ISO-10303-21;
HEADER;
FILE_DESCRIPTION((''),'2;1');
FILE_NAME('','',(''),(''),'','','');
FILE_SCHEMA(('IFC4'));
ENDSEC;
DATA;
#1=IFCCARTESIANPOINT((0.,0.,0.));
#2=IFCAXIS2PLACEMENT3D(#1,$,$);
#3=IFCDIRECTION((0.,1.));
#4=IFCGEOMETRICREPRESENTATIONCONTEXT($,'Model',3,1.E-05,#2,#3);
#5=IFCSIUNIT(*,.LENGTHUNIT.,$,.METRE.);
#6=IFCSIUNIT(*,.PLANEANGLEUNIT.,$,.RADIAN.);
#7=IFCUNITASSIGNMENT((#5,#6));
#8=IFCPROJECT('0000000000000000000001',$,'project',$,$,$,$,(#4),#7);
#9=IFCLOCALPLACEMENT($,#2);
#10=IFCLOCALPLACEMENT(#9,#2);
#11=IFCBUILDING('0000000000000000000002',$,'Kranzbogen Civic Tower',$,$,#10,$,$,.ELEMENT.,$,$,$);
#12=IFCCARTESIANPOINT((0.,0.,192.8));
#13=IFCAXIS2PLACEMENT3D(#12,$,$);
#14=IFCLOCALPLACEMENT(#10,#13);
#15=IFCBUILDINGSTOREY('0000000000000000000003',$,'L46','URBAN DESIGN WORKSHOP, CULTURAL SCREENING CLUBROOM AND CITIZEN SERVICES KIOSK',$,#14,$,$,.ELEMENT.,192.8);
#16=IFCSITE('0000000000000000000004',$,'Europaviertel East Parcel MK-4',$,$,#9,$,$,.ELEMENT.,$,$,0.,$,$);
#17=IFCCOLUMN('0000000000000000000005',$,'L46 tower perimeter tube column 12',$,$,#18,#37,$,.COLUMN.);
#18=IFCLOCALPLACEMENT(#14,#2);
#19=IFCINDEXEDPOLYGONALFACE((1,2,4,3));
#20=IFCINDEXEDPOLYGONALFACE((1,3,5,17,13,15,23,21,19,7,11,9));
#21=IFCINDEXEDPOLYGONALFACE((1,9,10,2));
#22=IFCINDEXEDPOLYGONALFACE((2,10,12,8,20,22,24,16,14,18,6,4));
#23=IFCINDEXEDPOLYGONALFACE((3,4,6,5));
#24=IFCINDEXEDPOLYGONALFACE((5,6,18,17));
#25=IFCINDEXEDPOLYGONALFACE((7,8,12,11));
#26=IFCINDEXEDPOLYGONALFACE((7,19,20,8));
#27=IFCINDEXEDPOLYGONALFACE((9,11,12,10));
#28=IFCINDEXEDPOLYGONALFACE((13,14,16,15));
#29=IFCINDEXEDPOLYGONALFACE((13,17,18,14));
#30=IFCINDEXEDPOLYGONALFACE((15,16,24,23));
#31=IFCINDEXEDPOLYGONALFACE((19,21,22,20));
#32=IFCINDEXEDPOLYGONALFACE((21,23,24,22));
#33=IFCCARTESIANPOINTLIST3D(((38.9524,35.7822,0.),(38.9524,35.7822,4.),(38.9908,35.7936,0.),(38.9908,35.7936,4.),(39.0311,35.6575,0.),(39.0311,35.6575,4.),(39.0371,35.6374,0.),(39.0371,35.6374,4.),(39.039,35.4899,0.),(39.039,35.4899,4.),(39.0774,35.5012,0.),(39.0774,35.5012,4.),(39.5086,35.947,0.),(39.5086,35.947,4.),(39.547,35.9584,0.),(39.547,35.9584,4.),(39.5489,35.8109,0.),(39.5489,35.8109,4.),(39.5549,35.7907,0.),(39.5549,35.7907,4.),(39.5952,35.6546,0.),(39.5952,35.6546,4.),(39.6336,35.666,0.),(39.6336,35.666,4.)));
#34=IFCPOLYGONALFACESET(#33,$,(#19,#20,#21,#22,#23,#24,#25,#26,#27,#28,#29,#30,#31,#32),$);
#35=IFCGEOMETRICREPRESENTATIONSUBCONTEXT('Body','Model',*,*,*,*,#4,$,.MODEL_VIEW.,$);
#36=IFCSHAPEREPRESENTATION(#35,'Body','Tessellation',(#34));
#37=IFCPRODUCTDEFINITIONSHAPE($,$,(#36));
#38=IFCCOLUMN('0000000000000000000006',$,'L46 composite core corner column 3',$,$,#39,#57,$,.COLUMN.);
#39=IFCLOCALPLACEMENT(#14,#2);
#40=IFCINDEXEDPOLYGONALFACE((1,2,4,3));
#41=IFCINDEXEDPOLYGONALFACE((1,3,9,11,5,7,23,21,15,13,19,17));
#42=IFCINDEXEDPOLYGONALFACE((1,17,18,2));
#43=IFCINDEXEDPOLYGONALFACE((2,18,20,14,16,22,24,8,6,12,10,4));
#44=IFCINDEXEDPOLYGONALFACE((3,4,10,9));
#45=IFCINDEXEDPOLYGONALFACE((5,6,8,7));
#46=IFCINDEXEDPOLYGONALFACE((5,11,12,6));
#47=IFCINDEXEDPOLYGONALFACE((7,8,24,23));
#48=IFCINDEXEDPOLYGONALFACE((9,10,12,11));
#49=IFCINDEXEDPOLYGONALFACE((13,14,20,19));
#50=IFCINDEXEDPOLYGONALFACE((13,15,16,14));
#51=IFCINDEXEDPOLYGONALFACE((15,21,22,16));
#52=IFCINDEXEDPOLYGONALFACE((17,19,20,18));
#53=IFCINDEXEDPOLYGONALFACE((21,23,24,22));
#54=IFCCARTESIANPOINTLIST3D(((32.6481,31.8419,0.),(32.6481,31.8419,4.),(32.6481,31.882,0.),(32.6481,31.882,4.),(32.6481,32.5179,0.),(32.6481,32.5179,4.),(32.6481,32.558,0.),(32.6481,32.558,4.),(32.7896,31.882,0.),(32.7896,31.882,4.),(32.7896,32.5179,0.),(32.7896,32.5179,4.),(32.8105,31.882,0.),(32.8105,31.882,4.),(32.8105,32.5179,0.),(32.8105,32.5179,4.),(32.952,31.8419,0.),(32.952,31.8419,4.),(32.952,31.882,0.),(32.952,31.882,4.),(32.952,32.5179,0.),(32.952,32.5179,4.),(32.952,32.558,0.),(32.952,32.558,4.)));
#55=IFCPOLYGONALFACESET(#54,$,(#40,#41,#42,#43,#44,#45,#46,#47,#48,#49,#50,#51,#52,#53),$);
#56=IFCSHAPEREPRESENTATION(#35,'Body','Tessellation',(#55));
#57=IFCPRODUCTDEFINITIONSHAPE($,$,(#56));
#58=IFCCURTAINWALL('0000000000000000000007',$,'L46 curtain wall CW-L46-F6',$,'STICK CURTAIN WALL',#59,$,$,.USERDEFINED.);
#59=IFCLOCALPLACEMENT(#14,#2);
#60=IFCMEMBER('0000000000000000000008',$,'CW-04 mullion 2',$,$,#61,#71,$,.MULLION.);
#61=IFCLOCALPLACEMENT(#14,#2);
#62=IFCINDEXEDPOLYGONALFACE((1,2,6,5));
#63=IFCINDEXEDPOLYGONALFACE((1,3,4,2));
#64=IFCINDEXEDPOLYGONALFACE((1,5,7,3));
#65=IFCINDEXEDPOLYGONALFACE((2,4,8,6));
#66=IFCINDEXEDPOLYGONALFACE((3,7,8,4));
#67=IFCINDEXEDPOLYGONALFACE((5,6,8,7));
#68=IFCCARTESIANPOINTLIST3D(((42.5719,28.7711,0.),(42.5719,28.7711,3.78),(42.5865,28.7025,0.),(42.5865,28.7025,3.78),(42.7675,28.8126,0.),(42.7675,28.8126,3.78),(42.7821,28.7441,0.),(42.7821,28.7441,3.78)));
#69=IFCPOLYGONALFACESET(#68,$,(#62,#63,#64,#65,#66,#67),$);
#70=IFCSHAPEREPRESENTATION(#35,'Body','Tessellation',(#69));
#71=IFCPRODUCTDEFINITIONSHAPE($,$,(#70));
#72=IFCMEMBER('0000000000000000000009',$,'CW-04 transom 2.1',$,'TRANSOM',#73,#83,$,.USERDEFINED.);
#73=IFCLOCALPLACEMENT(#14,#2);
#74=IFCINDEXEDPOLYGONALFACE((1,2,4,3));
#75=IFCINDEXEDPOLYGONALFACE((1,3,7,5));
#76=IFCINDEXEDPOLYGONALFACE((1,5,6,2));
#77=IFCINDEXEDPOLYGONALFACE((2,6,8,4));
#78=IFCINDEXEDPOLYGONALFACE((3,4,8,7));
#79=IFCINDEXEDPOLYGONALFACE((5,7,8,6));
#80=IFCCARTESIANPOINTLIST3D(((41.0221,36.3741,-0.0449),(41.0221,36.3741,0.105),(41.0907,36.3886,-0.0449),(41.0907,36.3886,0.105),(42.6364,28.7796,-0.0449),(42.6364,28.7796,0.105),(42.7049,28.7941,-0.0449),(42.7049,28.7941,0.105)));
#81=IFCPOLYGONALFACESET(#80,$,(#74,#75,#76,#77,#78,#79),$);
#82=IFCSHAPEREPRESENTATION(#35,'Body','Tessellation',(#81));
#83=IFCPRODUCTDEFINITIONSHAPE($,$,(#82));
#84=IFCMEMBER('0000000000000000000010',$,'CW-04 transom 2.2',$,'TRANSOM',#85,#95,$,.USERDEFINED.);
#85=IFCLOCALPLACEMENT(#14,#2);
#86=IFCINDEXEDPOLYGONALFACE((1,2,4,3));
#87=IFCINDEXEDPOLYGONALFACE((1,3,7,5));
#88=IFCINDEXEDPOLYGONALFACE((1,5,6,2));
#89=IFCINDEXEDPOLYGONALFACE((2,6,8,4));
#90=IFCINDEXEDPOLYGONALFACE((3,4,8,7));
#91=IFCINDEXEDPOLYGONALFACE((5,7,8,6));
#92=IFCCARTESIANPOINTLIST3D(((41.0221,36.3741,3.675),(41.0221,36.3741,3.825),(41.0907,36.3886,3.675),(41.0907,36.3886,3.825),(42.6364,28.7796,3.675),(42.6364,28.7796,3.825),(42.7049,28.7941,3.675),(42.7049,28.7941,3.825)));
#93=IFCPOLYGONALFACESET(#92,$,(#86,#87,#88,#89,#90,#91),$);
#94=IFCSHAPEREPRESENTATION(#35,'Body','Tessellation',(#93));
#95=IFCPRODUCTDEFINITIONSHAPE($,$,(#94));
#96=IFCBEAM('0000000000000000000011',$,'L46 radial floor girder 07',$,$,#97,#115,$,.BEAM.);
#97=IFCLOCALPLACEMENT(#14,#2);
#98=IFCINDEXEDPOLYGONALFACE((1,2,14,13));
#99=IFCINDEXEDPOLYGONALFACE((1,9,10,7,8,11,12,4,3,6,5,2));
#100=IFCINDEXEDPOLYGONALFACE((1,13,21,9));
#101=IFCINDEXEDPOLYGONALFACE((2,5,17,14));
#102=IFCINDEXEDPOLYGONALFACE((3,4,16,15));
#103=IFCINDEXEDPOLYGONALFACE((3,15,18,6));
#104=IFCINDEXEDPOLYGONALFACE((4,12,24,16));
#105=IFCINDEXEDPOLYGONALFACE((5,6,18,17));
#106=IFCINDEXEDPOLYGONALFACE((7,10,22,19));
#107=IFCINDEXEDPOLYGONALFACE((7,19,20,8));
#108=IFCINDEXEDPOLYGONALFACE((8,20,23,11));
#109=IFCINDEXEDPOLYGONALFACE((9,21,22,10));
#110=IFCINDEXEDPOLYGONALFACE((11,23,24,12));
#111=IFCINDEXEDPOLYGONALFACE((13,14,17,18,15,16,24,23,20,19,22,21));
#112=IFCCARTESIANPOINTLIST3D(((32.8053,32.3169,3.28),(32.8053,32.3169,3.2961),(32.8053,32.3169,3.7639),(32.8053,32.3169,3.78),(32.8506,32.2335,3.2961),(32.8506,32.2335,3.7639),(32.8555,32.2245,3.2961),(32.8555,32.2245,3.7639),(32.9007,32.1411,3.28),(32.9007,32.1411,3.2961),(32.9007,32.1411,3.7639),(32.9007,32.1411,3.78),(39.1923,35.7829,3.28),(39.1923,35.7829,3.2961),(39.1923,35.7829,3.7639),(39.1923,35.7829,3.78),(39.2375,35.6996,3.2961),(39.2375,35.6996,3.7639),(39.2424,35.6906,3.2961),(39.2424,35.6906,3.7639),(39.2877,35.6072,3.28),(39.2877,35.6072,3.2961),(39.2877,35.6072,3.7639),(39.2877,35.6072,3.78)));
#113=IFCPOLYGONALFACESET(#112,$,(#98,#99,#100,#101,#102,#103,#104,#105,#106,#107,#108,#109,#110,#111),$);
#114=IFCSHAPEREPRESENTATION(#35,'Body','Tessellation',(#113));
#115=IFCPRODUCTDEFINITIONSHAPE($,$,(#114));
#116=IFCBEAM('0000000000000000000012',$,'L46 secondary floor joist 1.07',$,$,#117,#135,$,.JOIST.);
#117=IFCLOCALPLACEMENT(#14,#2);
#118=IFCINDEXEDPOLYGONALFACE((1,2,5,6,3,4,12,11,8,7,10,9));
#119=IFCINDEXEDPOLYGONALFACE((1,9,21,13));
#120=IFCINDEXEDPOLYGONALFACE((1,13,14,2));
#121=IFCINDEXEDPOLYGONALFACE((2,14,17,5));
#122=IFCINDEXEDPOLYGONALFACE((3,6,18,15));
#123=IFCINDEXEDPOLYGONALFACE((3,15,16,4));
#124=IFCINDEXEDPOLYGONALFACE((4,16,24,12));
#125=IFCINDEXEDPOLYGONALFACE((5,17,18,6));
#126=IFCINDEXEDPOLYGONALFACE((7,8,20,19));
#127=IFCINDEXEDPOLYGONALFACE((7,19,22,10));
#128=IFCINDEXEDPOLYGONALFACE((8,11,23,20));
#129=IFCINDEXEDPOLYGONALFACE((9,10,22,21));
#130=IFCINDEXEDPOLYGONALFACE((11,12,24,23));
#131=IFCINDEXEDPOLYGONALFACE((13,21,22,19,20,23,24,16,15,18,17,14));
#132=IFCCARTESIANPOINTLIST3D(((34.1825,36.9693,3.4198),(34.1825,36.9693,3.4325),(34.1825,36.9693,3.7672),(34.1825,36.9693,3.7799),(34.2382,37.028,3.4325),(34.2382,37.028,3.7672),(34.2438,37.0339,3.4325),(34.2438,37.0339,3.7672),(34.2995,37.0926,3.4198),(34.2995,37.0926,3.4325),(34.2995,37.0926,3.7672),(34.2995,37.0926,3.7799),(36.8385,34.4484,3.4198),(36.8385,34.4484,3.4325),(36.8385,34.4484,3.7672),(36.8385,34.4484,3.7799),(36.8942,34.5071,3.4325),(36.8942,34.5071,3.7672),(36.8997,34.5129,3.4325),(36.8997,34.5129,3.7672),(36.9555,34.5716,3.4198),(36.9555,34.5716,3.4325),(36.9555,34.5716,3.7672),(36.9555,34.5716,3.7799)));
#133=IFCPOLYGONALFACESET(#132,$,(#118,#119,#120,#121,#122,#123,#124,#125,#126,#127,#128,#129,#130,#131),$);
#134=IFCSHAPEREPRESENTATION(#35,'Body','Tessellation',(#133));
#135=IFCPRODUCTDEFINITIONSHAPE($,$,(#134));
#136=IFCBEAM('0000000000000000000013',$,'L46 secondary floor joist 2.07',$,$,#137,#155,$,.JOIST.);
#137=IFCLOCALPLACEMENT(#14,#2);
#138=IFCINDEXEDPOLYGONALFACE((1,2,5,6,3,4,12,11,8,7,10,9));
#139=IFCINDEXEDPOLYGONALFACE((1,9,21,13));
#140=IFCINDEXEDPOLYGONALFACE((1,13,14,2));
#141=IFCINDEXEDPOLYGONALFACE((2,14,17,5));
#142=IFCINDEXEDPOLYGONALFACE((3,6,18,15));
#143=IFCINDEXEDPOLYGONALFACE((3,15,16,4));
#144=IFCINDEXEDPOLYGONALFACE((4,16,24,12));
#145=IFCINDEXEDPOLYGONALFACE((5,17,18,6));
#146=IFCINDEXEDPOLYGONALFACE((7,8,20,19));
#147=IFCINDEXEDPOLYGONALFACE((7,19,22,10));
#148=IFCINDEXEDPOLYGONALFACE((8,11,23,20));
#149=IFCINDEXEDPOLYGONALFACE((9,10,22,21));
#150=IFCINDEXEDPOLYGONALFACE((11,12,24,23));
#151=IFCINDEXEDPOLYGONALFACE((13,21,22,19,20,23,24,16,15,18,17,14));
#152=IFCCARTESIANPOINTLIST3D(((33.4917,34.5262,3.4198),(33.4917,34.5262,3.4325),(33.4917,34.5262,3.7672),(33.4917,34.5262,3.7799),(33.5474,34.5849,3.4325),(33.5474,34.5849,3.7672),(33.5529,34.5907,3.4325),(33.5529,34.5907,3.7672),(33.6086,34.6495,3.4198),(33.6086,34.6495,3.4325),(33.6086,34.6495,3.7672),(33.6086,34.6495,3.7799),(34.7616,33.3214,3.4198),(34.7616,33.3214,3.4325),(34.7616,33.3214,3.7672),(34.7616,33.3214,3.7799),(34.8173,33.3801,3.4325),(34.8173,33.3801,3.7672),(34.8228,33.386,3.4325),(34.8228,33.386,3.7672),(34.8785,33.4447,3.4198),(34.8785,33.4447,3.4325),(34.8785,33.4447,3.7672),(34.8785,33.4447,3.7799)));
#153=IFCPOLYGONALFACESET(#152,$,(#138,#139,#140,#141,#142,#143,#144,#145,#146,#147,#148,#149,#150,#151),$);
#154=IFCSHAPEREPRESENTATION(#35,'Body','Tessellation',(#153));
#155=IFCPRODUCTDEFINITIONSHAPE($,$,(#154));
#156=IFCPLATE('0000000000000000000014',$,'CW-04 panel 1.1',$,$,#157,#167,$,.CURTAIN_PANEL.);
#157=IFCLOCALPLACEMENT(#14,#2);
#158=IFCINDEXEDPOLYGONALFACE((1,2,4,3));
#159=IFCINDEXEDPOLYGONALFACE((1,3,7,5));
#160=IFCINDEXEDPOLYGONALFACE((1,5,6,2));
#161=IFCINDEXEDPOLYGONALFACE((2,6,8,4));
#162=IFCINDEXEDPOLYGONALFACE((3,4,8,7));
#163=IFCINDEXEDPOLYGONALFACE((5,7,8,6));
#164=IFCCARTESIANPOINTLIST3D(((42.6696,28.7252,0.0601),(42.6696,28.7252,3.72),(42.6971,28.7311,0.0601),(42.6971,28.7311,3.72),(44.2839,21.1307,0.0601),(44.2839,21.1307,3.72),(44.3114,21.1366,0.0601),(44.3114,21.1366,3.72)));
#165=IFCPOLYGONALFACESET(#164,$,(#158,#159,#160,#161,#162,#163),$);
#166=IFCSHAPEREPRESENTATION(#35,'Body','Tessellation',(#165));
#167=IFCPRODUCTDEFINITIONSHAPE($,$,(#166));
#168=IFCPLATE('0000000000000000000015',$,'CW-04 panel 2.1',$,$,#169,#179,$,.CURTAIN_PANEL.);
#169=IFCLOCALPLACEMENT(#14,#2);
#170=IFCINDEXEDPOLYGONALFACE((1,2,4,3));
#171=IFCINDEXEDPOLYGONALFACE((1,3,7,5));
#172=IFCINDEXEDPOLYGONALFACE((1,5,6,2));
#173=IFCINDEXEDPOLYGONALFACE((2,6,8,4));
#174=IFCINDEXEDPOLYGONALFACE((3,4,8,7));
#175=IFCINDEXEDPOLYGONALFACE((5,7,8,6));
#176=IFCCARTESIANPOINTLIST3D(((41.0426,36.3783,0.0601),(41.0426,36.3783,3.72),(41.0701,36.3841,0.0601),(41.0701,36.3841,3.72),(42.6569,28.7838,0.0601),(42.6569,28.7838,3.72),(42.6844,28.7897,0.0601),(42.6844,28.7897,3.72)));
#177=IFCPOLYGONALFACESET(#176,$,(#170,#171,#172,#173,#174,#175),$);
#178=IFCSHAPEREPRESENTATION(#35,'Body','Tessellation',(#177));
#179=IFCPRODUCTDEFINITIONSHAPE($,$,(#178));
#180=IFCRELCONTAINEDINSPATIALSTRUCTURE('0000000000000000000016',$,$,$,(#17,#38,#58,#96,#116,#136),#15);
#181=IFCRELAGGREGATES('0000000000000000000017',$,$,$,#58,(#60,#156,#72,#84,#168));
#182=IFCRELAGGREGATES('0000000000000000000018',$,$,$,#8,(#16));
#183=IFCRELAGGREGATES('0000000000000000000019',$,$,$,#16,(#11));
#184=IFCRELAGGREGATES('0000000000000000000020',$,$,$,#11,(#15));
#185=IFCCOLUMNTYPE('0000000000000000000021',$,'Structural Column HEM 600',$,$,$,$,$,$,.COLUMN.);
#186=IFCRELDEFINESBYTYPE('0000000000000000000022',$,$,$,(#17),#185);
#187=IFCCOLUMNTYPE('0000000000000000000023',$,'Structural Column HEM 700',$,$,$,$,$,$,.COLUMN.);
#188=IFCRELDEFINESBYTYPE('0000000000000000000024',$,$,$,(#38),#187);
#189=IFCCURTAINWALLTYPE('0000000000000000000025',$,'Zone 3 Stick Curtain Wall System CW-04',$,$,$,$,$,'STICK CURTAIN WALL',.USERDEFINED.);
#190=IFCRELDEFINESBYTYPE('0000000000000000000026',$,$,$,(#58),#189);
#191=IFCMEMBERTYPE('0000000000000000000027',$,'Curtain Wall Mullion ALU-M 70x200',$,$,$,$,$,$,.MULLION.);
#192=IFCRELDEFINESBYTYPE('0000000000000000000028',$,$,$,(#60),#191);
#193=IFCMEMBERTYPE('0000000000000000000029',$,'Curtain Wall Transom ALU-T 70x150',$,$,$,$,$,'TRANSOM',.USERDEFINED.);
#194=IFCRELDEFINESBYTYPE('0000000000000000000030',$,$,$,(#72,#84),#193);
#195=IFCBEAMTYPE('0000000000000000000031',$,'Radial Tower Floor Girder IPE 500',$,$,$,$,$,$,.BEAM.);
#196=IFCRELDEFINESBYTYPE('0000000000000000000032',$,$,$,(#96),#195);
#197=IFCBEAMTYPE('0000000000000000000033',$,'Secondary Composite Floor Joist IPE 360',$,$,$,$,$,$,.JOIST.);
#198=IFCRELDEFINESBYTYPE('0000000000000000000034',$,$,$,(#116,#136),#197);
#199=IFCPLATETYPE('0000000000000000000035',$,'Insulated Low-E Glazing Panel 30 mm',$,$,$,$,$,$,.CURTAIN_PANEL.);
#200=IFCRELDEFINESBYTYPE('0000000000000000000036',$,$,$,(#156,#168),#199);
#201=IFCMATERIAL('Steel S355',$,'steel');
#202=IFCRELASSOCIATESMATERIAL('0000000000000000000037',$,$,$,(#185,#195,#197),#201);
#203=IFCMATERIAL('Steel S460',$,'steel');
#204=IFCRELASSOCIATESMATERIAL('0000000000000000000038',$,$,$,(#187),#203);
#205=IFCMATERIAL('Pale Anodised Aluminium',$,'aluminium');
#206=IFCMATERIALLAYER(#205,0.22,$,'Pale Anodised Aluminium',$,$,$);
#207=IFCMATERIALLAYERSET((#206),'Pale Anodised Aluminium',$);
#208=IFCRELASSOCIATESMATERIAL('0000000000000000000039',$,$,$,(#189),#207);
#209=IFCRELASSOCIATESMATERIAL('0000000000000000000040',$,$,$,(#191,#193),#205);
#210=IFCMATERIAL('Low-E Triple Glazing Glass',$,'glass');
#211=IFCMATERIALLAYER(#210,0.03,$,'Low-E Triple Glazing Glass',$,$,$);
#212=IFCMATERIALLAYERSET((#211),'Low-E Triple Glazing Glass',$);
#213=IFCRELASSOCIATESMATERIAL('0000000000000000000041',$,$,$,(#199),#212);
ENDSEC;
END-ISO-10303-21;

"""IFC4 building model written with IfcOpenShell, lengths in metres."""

from ifc_helpers import new_model, si_unit, direction, frame, origin, origin_2d, place, context, subcontext, project, spatial, rectangle, i_section, extrude, material, layer, layer_set, material_profile, profile_set, type_object, element, aggregate, save


model = new_model("IFC4")

# Units and contexts
model_context = context("Model", 3, precision=1e-05, world=origin(), true_north=direction((0.0, 1.0)))
body_context = subcontext(model_context, "Body", "Model", "MODEL_VIEW")
ifc_project = project(units=[si_unit("LENGTHUNIT", "METRE"), si_unit("PLANEANGLEUNIT", "RADIAN")], contexts=[model_context])

# Site, building, storey
site_placement = place(None, origin())
site = spatial("IfcSite", under=ifc_project, at=site_placement, Name="Europaviertel East Parcel MK-4", CompositionType="ELEMENT", RefElevation=0.0)
building_placement = place(site_placement, origin())
building = spatial("IfcBuilding", under=site, at=building_placement, Name="Kranzbogen Civic Tower", CompositionType="ELEMENT")
storey_placement = place(building_placement, frame((0.0, 0.0, 192.8)))
storey = spatial("IfcBuildingStorey", under=building, at=storey_placement, Name="L46", Description="URBAN DESIGN WORKSHOP, CULTURAL SCREENING CLUBROOM AND CITIZEN SERVICES KIOSK", CompositionType="ELEMENT", Elevation=192.8)

# Columns
ifc_material_1 = material(Name="Steel S355", Category="steel")
ifc_material_profile_1 = material_profile(ifc_material_1, i_section(OverallWidth=0.3049, OverallDepth=0.6201, WebThickness=0.021, FlangeThickness=0.04, at=origin_2d()), Name="HEM 600")
ifc_profile_set_1 = profile_set([ifc_material_profile_1], Name="Steel S355")
column_type_1 = type_object("IfcColumnType", Name="Structural Column HEM 600", PredefinedType="COLUMN", material=ifc_profile_set_1)
column_1_placement = place(storey_placement, frame((39.293, 35.7241, 0.0), z_axis=(0.0, 0.0, 1.0), x_axis=(-0.284015, 0.95882, 0.0)))
element("IfcColumn", 1, at=column_1_placement, inside=storey, type_object=column_type_1, Name="L46 tower perimeter tube column 12", PredefinedType="COLUMN", context=body_context, shape_type="SweptSolid", body=[
    extrude(i_section(OverallWidth=0.3049, OverallDepth=0.6201, WebThickness=0.021, FlangeThickness=0.04, at=origin_2d()), origin(), (0.0, 0.0, 1.0), 4.0),
])
ifc_material_2 = material(Name="Steel S460", Category="steel")
ifc_material_profile_2 = material_profile(ifc_material_2, i_section(OverallWidth=0.304, OverallDepth=0.7161, WebThickness=0.021, FlangeThickness=0.04, at=origin_2d()), Name="HEM 700")
ifc_profile_set_2 = profile_set([ifc_material_profile_2], Name="Steel S460")
column_type_2 = type_object("IfcColumnType", Name="Structural Column HEM 700", PredefinedType="COLUMN", material=ifc_profile_set_2)
column_2_placement = place(storey_placement, frame((32.8, 32.2, 0.0), z_axis=(0.0, 0.0, 1.0), x_axis=(1.0, 0.0, 0.0)))
element("IfcColumn", 2, at=column_2_placement, inside=storey, type_object=column_type_2, Name="L46 composite core corner column 3", PredefinedType="COLUMN", context=body_context, shape_type="SweptSolid", body=[
    extrude(i_section(OverallWidth=0.304, OverallDepth=0.7161, WebThickness=0.021, FlangeThickness=0.04, at=origin_2d()), origin(), (0.0, 0.0, 1.0), 4.0),
])

# Curtain wall, members
ifc_material_3 = material(Name="Pale Anodised Aluminium", Category="aluminium")
ifc_layer_1 = layer(ifc_material_3, 0.22, Name="Pale Anodised Aluminium")
ifc_layer_set_1 = layer_set([ifc_layer_1], Name="Pale Anodised Aluminium")
curtain_wall_type = type_object("IfcCurtainWallType", Name="Zone 3 Stick Curtain Wall System CW-04", ElementType="STICK CURTAIN WALL", PredefinedType="USERDEFINED", material=ifc_layer_set_1)
curtain_wall_placement = place(storey_placement, origin())
curtain_wall = element("IfcCurtainWall", 3, at=curtain_wall_placement, inside=storey, type_object=curtain_wall_type, Name="L46 curtain wall CW-L46-F6", ObjectType="STICK CURTAIN WALL", PredefinedType="USERDEFINED")
ifc_material_profile_3 = material_profile(ifc_material_3, rectangle(XDim=0.0701, YDim=0.2, at=origin_2d()), Name="ALU-M 70x200")
ifc_profile_set_3 = profile_set([ifc_material_profile_3], Name="Pale Anodised Aluminium")
member_type_1 = type_object("IfcMemberType", Name="Curtain Wall Mullion ALU-M 70x200", PredefinedType="MULLION", material=ifc_profile_set_3)
member_1_placement = place(storey_placement, frame((42.677, 28.7576, 0.0), z_axis=(0.0, 0.0, 1.0), x_axis=(-0.207916, 0.978147, 0.0)))
member_1 = element("IfcMember", 4, at=member_1_placement, type_object=member_type_1, Name="CW-04 mullion 2", PredefinedType="MULLION", context=body_context, shape_type="SweptSolid", body=[
    extrude(rectangle(XDim=0.0701, YDim=0.2, at=origin_2d()), origin(), (0.0, 0.0, 1.0), 3.78),
])
ifc_material_profile_4 = material_profile(ifc_material_3, rectangle(XDim=0.0701, YDim=0.1499, at=origin_2d()), Name="ALU-T 70x150")
ifc_profile_set_4 = profile_set([ifc_material_profile_4], Name="Pale Anodised Aluminium")
member_type_2 = type_object("IfcMemberType", Name="Curtain Wall Transom ALU-T 70x150", ElementType="TRANSOM", PredefinedType="USERDEFINED", material=ifc_profile_set_4)
member_2_placement = place(storey_placement, frame((42.6707, 28.7869, 0.03), z_axis=(-0.207912, 0.978148, 0.0), x_axis=(-0.978148, -0.207912, 0.0)))
member_2 = element("IfcMember", 5, at=member_2_placement, type_object=member_type_2, Name="CW-04 transom 2.1", ObjectType="TRANSOM", PredefinedType="USERDEFINED", context=body_context, shape_type="SweptSolid", body=[
    extrude(rectangle(XDim=0.0701, YDim=0.1499, at=origin_2d()), origin(), (0.0, 0.0, 1.0), 7.7642),
])
member_3_placement = place(storey_placement, frame((42.6707, 28.7869, 3.75), z_axis=(-0.207912, 0.978148, 0.0), x_axis=(-0.978148, -0.207912, 0.0)))
member_3 = element("IfcMember", 6, at=member_3_placement, type_object=member_type_2, Name="CW-04 transom 2.2", ObjectType="TRANSOM", PredefinedType="USERDEFINED", context=body_context, shape_type="SweptSolid", body=[
    extrude(rectangle(XDim=0.0701, YDim=0.1499, at=origin_2d()), origin(), (0.0, 0.0, 1.0), 7.7642),
])

# Beams
ifc_material_profile_5 = material_profile(ifc_material_1, i_section(OverallWidth=0.2, OverallDepth=0.5, WebThickness=0.0103, FlangeThickness=0.0161, at=origin_2d()), Name="IPE 500")
ifc_profile_set_5 = profile_set([ifc_material_profile_5], Name="Steel S355")
beam_type_1 = type_object("IfcBeamType", Name="Radial Tower Floor Girder IPE 500", PredefinedType="BEAM", material=ifc_profile_set_5)
beam_1_placement = place(storey_placement, frame((39.24, 35.6951, 3.53), z_axis=(-0.878919, -0.47697, 0.0), x_axis=(0.47697, -0.878919, 0.0)))
element("IfcBeam", 7, at=beam_1_placement, inside=storey, type_object=beam_type_1, Name="L46 radial floor girder 07", PredefinedType="BEAM", context=body_context, shape_type="SweptSolid", body=[
    extrude(i_section(OverallWidth=0.2, OverallDepth=0.5, WebThickness=0.0103, FlangeThickness=0.0161, at=origin_2d()), origin(), (0.0, 0.0, 1.0), 7.2668),
])
ifc_material_profile_6 = material_profile(ifc_material_1, i_section(OverallWidth=0.1699, OverallDepth=0.3601, WebThickness=0.0081, FlangeThickness=0.0127, at=origin_2d()), Name="IPE 360")
ifc_profile_set_6 = profile_set([ifc_material_profile_6], Name="Steel S355")
beam_type_2 = type_object("IfcBeamType", Name="Secondary Composite Floor Joist IPE 360", PredefinedType="JOIST", material=ifc_profile_set_6)
beam_2_placement = place(storey_placement, frame((36.897, 34.51, 3.5999), z_axis=(-0.725301, 0.688432, 0.0), x_axis=(-0.688432, -0.725301, 0.0)))
element("IfcBeam", 8, at=beam_2_placement, inside=storey, type_object=beam_type_2, Name="L46 secondary floor joist 1.07", PredefinedType="JOIST", context=body_context, shape_type="SweptSolid", body=[
    extrude(i_section(OverallWidth=0.1699, OverallDepth=0.3601, WebThickness=0.0081, FlangeThickness=0.0127, at=origin_2d()), origin(), (0.0, 0.0, 1.0), 3.6619),
])
beam_3_placement = place(storey_placement, frame((34.8201, 33.3831, 3.5999), z_axis=(-0.72548, 0.688243, 0.0), x_axis=(-0.688243, -0.72548, 0.0)))
element("IfcBeam", 9, at=beam_3_placement, inside=storey, type_object=beam_type_2, Name="L46 secondary floor joist 2.07", PredefinedType="JOIST", context=body_context, shape_type="SweptSolid", body=[
    extrude(i_section(OverallWidth=0.1699, OverallDepth=0.3601, WebThickness=0.0081, FlangeThickness=0.0127, at=origin_2d()), origin(), (0.0, 0.0, 1.0), 1.7505),
])

# Plates
ifc_material_4 = material(Name="Low-E Triple Glazing Glass", Category="glass")
ifc_layer_2 = layer(ifc_material_4, 0.03, Name="Low-E Triple Glazing Glass")
ifc_layer_set_2 = layer_set([ifc_layer_2], Name="Low-E Triple Glazing Glass")
plate_type = type_object("IfcPlateType", Name="Insulated Low-E Glazing Panel 30 mm", PredefinedType="CURTAIN_PANEL", material=ifc_layer_set_2)
plate_1_placement = place(storey_placement, frame((43.4905, 24.9309, 0.0601), z_axis=(0.0, 0.0, 1.0), x_axis=(-0.207916, 0.978147, 0.0)))
plate_1 = element("IfcPlate", 10, at=plate_1_placement, type_object=plate_type, Name="CW-04 panel 1.1", PredefinedType="CURTAIN_PANEL", context=body_context, shape_type="SweptSolid", body=[
    extrude(rectangle(XDim=7.7642, YDim=0.0281, at=origin_2d()), origin(), (0.0, 0.0, 1.0), 3.6599),
])
plate_2_placement = place(storey_placement, frame((41.8635, 32.584, 0.0601), z_axis=(0.0, 0.0, 1.0), x_axis=(-0.207916, 0.978147, 0.0)))
plate_2 = element("IfcPlate", 11, at=plate_2_placement, type_object=plate_type, Name="CW-04 panel 2.1", PredefinedType="CURTAIN_PANEL", context=body_context, shape_type="SweptSolid", body=[
    extrude(rectangle(XDim=7.7642, YDim=0.0281, at=origin_2d()), origin(), (0.0, 0.0, 1.0), 3.6599),
])
aggregate(curtain_wall, [member_1, plate_1, member_2, member_3, plate_2])

save(model, "model.ifc")
